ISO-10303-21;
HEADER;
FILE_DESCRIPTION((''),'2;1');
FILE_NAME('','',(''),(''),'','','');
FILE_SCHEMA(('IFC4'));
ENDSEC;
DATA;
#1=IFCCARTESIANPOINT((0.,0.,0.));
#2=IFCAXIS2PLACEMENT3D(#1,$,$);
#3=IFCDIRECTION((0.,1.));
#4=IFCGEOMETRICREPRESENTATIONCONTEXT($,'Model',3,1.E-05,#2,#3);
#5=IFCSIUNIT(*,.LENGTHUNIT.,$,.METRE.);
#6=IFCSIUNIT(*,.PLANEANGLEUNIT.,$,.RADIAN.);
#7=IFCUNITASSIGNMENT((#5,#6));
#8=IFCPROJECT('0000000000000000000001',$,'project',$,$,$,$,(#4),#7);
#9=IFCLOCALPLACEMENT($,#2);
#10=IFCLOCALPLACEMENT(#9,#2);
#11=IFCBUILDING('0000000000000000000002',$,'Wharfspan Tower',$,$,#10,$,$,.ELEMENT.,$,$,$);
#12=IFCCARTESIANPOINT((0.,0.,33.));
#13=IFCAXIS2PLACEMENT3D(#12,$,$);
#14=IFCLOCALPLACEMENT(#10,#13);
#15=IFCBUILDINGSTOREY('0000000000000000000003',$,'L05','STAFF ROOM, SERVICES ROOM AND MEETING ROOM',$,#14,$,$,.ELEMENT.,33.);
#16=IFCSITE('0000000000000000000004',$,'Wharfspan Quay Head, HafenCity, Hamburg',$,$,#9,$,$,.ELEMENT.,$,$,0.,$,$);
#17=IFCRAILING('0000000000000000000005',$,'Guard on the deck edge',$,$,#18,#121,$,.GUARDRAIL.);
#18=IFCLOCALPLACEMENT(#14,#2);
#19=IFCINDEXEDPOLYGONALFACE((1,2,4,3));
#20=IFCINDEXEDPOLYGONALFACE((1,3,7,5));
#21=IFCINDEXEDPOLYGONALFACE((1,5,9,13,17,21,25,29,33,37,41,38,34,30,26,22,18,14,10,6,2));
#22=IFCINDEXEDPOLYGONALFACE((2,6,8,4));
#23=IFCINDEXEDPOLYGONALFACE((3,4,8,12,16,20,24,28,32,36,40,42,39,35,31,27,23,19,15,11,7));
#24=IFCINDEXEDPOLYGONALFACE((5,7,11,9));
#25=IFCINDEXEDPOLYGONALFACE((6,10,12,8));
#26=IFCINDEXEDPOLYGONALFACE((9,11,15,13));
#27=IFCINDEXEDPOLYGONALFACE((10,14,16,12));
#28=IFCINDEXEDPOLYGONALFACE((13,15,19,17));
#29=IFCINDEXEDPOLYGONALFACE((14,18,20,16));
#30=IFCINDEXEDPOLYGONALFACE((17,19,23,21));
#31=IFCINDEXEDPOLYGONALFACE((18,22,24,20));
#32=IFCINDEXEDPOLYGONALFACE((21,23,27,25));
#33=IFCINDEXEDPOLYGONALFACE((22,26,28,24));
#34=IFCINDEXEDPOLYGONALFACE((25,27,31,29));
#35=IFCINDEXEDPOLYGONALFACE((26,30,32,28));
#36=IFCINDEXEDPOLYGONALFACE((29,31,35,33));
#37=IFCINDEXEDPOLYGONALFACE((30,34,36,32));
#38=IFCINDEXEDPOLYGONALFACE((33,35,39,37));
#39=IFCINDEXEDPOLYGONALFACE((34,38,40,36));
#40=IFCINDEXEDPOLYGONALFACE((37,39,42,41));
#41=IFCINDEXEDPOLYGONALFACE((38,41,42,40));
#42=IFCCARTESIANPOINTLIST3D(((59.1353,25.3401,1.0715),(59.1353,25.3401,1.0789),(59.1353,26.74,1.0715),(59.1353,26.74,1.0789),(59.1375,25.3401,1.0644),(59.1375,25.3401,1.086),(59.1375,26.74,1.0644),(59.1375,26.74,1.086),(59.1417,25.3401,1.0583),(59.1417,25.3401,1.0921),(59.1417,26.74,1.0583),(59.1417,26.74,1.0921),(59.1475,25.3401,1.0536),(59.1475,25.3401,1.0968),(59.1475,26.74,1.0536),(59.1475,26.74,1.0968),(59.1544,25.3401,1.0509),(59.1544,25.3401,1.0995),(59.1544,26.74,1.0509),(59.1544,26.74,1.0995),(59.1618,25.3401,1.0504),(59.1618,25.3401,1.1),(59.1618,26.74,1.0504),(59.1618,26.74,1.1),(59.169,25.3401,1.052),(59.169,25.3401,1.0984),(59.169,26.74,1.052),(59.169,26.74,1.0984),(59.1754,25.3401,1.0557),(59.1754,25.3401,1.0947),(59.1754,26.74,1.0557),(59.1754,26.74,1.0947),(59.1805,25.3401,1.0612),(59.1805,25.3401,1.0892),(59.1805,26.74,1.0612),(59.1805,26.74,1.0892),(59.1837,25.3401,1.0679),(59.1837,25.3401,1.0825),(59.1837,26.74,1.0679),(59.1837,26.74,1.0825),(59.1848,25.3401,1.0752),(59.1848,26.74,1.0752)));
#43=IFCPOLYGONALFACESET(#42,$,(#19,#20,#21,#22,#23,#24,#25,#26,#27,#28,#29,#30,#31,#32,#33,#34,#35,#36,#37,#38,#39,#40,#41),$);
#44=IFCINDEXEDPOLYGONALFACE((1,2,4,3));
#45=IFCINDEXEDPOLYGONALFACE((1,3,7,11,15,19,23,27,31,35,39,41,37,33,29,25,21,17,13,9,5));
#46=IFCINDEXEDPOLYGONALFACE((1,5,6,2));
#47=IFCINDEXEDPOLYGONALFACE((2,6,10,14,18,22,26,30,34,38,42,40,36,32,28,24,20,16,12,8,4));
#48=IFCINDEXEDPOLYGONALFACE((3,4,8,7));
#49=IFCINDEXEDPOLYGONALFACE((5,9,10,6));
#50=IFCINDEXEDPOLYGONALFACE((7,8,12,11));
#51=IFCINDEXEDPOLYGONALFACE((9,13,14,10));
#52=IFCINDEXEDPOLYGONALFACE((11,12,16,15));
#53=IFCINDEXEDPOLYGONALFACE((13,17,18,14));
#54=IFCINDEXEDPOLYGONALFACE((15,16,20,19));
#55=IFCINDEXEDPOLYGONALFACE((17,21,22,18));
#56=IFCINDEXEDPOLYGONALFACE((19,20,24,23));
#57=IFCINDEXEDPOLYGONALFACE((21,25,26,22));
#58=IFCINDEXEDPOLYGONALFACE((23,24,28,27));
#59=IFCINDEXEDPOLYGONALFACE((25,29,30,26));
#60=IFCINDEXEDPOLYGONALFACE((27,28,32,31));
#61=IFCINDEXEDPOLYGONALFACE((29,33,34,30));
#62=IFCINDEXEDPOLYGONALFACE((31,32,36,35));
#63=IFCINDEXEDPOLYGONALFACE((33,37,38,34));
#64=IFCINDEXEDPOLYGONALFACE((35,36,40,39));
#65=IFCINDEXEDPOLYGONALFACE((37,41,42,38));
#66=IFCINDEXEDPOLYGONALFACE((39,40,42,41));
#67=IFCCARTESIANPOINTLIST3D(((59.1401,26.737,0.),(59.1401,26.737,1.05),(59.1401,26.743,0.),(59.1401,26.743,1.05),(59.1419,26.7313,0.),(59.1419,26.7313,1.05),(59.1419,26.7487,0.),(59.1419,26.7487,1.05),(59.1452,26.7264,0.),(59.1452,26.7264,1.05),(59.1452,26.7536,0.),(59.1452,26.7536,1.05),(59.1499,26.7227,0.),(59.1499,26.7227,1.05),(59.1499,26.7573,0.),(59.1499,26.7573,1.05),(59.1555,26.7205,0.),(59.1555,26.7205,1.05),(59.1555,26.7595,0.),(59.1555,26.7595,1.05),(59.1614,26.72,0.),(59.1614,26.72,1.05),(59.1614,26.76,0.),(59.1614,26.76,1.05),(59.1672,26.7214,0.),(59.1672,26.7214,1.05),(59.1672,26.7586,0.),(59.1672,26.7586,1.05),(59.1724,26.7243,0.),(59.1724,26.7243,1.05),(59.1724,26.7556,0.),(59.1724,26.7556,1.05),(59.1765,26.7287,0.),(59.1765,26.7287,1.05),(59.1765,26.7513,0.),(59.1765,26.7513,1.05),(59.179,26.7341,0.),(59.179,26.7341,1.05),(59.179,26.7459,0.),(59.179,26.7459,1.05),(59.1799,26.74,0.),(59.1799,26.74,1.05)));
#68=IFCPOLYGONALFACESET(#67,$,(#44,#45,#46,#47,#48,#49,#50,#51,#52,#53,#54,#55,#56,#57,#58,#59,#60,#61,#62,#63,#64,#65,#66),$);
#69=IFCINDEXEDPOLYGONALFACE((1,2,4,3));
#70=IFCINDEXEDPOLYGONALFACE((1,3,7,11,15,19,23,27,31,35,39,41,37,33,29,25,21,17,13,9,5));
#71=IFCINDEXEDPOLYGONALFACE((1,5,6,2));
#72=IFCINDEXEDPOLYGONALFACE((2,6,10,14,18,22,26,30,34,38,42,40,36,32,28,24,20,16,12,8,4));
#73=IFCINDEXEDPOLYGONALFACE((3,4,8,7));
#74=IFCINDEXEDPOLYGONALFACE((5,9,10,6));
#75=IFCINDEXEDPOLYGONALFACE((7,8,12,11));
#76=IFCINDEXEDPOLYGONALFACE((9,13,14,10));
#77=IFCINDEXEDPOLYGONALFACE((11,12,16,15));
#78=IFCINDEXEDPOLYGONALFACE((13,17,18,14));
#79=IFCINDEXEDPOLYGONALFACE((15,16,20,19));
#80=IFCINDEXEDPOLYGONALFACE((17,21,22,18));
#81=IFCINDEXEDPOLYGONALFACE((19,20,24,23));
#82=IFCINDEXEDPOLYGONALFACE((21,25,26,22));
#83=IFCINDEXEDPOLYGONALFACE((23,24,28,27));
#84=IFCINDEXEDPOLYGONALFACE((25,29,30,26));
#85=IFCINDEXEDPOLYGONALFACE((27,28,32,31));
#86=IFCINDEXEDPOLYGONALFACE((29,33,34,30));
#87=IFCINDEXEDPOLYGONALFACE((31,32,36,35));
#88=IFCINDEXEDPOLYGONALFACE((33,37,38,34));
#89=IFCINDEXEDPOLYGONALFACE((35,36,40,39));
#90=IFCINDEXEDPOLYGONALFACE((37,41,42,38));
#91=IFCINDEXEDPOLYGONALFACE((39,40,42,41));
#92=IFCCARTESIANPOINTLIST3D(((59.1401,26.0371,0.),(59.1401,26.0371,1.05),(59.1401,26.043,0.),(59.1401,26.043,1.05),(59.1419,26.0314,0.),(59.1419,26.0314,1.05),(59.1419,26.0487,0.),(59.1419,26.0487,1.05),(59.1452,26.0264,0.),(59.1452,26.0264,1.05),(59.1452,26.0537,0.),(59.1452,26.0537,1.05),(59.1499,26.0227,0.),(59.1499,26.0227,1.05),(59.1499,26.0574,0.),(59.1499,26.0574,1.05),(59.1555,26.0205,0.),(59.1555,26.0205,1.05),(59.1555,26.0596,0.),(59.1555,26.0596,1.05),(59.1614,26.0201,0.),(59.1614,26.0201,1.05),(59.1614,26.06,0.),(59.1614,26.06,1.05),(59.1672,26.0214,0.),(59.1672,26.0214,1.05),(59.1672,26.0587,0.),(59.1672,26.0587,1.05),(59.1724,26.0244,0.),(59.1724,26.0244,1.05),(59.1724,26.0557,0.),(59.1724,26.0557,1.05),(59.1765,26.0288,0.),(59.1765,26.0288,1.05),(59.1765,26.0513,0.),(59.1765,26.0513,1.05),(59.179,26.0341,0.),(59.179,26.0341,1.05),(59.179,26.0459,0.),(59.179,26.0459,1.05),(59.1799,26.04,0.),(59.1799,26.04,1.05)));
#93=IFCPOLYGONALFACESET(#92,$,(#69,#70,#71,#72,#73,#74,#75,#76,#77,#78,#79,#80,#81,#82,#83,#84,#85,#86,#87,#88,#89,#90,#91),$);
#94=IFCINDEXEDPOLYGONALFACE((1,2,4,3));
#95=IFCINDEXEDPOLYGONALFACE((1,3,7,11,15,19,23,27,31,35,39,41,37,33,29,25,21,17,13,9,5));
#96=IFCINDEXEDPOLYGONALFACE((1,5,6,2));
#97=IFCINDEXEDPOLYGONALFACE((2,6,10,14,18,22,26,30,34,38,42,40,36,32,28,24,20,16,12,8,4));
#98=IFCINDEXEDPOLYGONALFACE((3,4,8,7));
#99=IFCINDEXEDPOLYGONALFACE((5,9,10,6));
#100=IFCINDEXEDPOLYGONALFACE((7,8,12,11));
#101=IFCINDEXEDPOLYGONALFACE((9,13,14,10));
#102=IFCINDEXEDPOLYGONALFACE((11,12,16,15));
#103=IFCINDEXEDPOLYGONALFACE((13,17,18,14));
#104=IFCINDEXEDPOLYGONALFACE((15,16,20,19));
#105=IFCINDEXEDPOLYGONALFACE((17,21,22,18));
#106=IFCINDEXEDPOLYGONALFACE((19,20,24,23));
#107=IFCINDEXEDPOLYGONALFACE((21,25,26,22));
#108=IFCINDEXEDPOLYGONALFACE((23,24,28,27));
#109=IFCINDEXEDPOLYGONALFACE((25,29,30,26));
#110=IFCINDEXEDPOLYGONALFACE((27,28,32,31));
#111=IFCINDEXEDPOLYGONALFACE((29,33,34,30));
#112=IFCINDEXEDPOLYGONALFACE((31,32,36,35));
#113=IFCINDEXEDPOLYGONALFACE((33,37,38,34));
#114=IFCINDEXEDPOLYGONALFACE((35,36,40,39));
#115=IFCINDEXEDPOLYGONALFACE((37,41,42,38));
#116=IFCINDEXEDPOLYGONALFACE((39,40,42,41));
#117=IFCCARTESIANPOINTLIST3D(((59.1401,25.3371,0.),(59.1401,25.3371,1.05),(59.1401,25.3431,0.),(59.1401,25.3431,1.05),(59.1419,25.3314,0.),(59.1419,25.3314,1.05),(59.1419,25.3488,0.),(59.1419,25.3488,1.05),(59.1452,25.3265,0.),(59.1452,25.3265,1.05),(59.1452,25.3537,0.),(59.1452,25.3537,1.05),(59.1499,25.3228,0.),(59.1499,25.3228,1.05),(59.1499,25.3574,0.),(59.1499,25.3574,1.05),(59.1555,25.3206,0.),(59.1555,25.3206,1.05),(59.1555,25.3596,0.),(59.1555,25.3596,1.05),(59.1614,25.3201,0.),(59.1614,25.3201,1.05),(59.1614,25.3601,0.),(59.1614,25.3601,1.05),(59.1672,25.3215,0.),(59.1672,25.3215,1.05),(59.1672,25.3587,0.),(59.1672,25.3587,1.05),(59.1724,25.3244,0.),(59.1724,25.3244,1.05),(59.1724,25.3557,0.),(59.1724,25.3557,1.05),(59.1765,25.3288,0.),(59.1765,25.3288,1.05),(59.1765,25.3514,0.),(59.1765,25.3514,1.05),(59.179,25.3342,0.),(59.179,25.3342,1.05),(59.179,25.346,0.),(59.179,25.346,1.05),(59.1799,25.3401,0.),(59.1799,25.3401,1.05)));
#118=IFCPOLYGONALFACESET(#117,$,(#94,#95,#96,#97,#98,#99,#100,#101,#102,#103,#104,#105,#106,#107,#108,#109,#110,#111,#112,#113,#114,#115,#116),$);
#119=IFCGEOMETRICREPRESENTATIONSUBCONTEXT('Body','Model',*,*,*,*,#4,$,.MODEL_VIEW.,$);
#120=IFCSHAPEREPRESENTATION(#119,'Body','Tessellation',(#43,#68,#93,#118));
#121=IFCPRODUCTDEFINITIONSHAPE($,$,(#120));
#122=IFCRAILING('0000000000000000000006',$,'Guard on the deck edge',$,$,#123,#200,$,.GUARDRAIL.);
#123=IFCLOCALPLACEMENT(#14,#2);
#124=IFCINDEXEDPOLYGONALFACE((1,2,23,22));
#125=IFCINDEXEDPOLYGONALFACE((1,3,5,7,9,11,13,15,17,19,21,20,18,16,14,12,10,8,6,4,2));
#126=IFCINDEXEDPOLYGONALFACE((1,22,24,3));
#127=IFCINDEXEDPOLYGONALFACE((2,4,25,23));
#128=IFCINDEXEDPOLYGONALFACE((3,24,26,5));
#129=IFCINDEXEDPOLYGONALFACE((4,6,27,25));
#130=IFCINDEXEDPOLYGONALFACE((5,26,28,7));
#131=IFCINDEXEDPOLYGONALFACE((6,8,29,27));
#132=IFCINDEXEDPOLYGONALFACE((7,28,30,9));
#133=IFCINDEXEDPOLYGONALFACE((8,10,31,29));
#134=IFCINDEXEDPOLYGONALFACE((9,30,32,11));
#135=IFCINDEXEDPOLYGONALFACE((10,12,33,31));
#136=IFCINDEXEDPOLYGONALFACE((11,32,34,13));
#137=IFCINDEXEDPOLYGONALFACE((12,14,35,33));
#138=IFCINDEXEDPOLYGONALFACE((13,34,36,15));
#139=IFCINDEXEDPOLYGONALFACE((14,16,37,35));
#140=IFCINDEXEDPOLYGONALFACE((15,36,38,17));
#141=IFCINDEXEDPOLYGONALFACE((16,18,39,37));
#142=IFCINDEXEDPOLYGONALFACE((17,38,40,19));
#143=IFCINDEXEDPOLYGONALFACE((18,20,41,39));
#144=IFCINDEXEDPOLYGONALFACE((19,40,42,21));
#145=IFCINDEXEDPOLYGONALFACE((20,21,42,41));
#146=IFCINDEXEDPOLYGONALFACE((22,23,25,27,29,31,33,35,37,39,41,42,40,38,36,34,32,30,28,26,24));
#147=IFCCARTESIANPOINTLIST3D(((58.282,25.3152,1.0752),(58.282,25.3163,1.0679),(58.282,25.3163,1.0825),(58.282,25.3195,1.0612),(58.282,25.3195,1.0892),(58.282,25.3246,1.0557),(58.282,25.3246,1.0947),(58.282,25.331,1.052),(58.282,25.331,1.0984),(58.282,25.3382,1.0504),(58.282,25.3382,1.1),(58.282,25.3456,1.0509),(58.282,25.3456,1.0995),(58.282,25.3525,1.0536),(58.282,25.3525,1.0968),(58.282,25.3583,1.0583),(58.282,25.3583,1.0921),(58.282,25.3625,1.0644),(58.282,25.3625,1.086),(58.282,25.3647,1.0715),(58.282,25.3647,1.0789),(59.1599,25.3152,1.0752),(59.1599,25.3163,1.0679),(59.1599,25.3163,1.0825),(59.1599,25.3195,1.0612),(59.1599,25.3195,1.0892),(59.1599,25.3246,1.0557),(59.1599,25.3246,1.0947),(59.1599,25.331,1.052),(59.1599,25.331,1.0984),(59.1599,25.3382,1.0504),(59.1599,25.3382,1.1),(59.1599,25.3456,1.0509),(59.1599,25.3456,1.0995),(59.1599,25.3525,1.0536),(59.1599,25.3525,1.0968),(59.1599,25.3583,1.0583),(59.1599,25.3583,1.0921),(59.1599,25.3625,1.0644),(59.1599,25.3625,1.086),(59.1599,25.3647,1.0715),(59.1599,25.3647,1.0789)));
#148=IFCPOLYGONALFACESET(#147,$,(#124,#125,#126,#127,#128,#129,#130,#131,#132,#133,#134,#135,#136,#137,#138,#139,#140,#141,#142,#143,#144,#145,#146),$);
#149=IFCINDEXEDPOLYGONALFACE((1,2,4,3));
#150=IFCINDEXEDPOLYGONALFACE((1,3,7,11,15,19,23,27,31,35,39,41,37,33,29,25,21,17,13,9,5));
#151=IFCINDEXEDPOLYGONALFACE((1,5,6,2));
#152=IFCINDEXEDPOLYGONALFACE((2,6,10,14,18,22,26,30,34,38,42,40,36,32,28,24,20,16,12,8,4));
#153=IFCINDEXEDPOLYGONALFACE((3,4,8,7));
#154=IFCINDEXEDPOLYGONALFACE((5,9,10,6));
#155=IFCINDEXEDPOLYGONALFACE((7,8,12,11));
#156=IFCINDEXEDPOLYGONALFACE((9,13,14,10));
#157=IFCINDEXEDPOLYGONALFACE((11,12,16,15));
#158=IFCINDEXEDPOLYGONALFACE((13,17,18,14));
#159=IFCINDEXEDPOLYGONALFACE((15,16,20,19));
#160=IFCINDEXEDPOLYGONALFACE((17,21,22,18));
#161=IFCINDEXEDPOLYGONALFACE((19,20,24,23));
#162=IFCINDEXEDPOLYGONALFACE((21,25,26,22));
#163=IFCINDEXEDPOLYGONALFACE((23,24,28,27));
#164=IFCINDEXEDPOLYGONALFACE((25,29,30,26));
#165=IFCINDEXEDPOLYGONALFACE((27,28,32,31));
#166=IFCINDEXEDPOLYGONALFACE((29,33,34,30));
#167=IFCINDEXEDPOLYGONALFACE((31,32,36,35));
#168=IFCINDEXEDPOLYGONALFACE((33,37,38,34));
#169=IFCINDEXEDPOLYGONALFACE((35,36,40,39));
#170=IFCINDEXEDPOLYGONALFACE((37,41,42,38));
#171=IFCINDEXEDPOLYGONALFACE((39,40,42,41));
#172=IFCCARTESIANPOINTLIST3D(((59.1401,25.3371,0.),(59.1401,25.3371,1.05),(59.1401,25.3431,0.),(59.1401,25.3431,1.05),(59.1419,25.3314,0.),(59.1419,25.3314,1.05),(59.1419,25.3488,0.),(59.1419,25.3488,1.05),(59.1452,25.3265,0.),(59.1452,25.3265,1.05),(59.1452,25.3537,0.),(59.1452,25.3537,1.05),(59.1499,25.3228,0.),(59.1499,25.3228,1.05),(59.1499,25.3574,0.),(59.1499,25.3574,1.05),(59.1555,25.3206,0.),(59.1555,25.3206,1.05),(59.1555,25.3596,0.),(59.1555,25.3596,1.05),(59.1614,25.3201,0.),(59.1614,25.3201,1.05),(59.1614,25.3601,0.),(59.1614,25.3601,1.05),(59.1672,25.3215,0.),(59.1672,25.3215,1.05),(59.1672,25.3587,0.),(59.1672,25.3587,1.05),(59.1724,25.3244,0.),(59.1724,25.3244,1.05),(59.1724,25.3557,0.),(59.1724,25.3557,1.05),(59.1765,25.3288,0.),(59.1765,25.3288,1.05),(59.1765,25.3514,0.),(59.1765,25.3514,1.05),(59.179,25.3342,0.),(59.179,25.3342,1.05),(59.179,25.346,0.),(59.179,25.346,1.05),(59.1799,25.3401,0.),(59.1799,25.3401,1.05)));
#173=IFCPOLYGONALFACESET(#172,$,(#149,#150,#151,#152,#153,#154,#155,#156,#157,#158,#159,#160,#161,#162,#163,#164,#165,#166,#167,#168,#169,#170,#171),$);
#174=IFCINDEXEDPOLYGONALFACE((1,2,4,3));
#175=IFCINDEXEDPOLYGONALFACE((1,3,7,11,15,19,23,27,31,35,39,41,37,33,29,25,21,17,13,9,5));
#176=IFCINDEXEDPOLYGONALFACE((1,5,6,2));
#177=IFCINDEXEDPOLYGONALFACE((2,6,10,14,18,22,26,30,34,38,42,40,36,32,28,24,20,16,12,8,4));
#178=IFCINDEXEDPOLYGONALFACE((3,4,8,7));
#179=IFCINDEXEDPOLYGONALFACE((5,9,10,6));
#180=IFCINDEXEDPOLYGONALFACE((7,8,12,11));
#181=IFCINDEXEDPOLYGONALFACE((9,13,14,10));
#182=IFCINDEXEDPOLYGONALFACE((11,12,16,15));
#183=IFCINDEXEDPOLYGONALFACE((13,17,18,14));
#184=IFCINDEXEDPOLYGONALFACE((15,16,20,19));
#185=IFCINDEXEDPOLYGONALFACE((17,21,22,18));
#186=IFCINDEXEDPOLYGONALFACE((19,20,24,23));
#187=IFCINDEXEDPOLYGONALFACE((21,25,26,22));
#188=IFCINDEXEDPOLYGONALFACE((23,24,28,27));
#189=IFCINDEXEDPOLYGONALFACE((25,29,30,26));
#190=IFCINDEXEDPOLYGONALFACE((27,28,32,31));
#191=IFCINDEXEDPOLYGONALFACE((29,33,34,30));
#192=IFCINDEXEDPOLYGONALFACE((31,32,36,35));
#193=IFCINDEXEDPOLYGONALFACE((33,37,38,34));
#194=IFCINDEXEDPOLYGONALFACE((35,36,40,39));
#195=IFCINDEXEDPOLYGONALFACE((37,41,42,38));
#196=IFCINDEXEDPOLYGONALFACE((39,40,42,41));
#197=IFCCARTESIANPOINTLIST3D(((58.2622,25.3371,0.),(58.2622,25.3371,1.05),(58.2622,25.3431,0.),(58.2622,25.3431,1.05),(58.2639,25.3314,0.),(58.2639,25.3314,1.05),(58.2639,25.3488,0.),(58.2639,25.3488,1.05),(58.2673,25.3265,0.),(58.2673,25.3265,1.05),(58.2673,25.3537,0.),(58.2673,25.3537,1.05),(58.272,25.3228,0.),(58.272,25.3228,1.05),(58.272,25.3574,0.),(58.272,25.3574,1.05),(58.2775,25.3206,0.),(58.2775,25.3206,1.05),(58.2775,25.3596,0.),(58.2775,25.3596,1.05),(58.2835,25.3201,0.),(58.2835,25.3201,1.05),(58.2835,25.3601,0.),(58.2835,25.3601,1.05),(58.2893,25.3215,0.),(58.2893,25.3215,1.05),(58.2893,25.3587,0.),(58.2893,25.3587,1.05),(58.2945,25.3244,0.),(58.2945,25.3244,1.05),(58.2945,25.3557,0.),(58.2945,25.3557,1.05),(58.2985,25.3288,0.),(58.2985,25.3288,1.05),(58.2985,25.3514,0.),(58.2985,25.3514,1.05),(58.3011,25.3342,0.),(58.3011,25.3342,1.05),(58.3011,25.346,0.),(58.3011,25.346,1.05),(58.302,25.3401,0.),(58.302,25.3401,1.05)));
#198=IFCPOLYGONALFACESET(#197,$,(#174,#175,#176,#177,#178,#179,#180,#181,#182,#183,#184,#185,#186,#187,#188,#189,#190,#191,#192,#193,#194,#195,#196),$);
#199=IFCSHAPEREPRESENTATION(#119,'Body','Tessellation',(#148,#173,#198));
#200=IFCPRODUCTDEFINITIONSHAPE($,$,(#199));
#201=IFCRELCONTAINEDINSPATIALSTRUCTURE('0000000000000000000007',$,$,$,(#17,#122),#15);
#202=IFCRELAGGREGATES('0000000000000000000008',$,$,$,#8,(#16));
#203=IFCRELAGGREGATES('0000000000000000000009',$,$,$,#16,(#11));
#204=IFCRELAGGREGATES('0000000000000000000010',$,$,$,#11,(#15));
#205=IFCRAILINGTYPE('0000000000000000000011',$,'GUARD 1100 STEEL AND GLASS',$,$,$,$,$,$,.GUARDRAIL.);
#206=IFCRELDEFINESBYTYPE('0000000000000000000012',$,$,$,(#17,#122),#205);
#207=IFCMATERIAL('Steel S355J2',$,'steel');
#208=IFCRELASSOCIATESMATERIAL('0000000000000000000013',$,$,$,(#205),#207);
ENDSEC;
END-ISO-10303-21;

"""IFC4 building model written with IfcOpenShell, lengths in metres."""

from ifc_helpers import new_model, si_unit, direction, frame, origin, origin_2d, place, context, subcontext, project, spatial, circle, extrude, material, type_object, element, save


model = new_model("IFC4")

# Units and contexts
model_context = context("Model", 3, precision=1e-05, world=origin(), true_north=direction((0.0, 1.0)))
body_context = subcontext(model_context, "Body", "Model", "MODEL_VIEW")
ifc_project = project(units=[si_unit("LENGTHUNIT", "METRE"), si_unit("PLANEANGLEUNIT", "RADIAN")], contexts=[model_context])

# Site, building, storey
site_placement = place(None, origin())
site = spatial("IfcSite", under=ifc_project, at=site_placement, Name="Wharfspan Quay Head, HafenCity, Hamburg", CompositionType="ELEMENT", RefElevation=0.0)
building_placement = place(site_placement, origin())
building = spatial("IfcBuilding", under=site, at=building_placement, Name="Wharfspan Tower", CompositionType="ELEMENT")
storey_placement = place(building_placement, frame((0.0, 0.0, 33.0)))
storey = spatial("IfcBuildingStorey", under=building, at=storey_placement, Name="L05", Description="STAFF ROOM, SERVICES ROOM AND MEETING ROOM", CompositionType="ELEMENT", Elevation=33.0)

# Railings
ifc_material_1 = material(Name="Steel S355J2", Category="steel")
railing_type = type_object("IfcRailingType", Name="GUARD 1100 STEEL AND GLASS", PredefinedType="GUARDRAIL", material=ifc_material_1)
railing_1_placement = place(storey_placement, frame((59.1599, 26.74, 0.0)))
element("IfcRailing", 1, at=railing_1_placement, inside=storey, type_object=railing_type, Name="Guard on the deck edge", PredefinedType="GUARDRAIL", context=body_context, shape_type="SweptSolid", body=[
    extrude(circle(Radius=0.0249, at=origin_2d()), frame((0.0, 0.0, 1.0752), z_axis=(0.0, -1.0, 0.0), x_axis=(1.0, 0.0, 0.0)), (0.0, 0.0, 1.0), 1.3999),
    extrude(circle(Radius=0.02, at=origin_2d()), origin(), (0.0, 0.0, 1.0), 1.05),
    extrude(circle(Radius=0.02, at=origin_2d()), frame((0.0, -0.7, 0.0)), (0.0, 0.0, 1.0), 1.05),
    extrude(circle(Radius=0.02, at=origin_2d()), frame((0.0, -1.3999, 0.0)), (0.0, 0.0, 1.0), 1.05),
])
railing_2_placement = place(storey_placement, frame((59.1599, 25.3401, 0.0)))
element("IfcRailing", 2, at=railing_2_placement, inside=storey, type_object=railing_type, Name="Guard on the deck edge", PredefinedType="GUARDRAIL", context=body_context, shape_type="SweptSolid", body=[
    extrude(circle(Radius=0.0249, at=origin_2d()), frame((0.0, 0.0, 1.0752), z_axis=(-1.0, 0.0, 0.0), x_axis=(0.0, -1.0, 0.0)), (0.0, 0.0, 1.0), 0.8779),
    extrude(circle(Radius=0.02, at=origin_2d()), origin(), (0.0, 0.0, 1.0), 1.05),
    extrude(circle(Radius=0.02, at=origin_2d()), frame((-0.8779, 0.0, 0.0)), (0.0, 0.0, 1.0), 1.05),
])

save(model, "model.ifc")
